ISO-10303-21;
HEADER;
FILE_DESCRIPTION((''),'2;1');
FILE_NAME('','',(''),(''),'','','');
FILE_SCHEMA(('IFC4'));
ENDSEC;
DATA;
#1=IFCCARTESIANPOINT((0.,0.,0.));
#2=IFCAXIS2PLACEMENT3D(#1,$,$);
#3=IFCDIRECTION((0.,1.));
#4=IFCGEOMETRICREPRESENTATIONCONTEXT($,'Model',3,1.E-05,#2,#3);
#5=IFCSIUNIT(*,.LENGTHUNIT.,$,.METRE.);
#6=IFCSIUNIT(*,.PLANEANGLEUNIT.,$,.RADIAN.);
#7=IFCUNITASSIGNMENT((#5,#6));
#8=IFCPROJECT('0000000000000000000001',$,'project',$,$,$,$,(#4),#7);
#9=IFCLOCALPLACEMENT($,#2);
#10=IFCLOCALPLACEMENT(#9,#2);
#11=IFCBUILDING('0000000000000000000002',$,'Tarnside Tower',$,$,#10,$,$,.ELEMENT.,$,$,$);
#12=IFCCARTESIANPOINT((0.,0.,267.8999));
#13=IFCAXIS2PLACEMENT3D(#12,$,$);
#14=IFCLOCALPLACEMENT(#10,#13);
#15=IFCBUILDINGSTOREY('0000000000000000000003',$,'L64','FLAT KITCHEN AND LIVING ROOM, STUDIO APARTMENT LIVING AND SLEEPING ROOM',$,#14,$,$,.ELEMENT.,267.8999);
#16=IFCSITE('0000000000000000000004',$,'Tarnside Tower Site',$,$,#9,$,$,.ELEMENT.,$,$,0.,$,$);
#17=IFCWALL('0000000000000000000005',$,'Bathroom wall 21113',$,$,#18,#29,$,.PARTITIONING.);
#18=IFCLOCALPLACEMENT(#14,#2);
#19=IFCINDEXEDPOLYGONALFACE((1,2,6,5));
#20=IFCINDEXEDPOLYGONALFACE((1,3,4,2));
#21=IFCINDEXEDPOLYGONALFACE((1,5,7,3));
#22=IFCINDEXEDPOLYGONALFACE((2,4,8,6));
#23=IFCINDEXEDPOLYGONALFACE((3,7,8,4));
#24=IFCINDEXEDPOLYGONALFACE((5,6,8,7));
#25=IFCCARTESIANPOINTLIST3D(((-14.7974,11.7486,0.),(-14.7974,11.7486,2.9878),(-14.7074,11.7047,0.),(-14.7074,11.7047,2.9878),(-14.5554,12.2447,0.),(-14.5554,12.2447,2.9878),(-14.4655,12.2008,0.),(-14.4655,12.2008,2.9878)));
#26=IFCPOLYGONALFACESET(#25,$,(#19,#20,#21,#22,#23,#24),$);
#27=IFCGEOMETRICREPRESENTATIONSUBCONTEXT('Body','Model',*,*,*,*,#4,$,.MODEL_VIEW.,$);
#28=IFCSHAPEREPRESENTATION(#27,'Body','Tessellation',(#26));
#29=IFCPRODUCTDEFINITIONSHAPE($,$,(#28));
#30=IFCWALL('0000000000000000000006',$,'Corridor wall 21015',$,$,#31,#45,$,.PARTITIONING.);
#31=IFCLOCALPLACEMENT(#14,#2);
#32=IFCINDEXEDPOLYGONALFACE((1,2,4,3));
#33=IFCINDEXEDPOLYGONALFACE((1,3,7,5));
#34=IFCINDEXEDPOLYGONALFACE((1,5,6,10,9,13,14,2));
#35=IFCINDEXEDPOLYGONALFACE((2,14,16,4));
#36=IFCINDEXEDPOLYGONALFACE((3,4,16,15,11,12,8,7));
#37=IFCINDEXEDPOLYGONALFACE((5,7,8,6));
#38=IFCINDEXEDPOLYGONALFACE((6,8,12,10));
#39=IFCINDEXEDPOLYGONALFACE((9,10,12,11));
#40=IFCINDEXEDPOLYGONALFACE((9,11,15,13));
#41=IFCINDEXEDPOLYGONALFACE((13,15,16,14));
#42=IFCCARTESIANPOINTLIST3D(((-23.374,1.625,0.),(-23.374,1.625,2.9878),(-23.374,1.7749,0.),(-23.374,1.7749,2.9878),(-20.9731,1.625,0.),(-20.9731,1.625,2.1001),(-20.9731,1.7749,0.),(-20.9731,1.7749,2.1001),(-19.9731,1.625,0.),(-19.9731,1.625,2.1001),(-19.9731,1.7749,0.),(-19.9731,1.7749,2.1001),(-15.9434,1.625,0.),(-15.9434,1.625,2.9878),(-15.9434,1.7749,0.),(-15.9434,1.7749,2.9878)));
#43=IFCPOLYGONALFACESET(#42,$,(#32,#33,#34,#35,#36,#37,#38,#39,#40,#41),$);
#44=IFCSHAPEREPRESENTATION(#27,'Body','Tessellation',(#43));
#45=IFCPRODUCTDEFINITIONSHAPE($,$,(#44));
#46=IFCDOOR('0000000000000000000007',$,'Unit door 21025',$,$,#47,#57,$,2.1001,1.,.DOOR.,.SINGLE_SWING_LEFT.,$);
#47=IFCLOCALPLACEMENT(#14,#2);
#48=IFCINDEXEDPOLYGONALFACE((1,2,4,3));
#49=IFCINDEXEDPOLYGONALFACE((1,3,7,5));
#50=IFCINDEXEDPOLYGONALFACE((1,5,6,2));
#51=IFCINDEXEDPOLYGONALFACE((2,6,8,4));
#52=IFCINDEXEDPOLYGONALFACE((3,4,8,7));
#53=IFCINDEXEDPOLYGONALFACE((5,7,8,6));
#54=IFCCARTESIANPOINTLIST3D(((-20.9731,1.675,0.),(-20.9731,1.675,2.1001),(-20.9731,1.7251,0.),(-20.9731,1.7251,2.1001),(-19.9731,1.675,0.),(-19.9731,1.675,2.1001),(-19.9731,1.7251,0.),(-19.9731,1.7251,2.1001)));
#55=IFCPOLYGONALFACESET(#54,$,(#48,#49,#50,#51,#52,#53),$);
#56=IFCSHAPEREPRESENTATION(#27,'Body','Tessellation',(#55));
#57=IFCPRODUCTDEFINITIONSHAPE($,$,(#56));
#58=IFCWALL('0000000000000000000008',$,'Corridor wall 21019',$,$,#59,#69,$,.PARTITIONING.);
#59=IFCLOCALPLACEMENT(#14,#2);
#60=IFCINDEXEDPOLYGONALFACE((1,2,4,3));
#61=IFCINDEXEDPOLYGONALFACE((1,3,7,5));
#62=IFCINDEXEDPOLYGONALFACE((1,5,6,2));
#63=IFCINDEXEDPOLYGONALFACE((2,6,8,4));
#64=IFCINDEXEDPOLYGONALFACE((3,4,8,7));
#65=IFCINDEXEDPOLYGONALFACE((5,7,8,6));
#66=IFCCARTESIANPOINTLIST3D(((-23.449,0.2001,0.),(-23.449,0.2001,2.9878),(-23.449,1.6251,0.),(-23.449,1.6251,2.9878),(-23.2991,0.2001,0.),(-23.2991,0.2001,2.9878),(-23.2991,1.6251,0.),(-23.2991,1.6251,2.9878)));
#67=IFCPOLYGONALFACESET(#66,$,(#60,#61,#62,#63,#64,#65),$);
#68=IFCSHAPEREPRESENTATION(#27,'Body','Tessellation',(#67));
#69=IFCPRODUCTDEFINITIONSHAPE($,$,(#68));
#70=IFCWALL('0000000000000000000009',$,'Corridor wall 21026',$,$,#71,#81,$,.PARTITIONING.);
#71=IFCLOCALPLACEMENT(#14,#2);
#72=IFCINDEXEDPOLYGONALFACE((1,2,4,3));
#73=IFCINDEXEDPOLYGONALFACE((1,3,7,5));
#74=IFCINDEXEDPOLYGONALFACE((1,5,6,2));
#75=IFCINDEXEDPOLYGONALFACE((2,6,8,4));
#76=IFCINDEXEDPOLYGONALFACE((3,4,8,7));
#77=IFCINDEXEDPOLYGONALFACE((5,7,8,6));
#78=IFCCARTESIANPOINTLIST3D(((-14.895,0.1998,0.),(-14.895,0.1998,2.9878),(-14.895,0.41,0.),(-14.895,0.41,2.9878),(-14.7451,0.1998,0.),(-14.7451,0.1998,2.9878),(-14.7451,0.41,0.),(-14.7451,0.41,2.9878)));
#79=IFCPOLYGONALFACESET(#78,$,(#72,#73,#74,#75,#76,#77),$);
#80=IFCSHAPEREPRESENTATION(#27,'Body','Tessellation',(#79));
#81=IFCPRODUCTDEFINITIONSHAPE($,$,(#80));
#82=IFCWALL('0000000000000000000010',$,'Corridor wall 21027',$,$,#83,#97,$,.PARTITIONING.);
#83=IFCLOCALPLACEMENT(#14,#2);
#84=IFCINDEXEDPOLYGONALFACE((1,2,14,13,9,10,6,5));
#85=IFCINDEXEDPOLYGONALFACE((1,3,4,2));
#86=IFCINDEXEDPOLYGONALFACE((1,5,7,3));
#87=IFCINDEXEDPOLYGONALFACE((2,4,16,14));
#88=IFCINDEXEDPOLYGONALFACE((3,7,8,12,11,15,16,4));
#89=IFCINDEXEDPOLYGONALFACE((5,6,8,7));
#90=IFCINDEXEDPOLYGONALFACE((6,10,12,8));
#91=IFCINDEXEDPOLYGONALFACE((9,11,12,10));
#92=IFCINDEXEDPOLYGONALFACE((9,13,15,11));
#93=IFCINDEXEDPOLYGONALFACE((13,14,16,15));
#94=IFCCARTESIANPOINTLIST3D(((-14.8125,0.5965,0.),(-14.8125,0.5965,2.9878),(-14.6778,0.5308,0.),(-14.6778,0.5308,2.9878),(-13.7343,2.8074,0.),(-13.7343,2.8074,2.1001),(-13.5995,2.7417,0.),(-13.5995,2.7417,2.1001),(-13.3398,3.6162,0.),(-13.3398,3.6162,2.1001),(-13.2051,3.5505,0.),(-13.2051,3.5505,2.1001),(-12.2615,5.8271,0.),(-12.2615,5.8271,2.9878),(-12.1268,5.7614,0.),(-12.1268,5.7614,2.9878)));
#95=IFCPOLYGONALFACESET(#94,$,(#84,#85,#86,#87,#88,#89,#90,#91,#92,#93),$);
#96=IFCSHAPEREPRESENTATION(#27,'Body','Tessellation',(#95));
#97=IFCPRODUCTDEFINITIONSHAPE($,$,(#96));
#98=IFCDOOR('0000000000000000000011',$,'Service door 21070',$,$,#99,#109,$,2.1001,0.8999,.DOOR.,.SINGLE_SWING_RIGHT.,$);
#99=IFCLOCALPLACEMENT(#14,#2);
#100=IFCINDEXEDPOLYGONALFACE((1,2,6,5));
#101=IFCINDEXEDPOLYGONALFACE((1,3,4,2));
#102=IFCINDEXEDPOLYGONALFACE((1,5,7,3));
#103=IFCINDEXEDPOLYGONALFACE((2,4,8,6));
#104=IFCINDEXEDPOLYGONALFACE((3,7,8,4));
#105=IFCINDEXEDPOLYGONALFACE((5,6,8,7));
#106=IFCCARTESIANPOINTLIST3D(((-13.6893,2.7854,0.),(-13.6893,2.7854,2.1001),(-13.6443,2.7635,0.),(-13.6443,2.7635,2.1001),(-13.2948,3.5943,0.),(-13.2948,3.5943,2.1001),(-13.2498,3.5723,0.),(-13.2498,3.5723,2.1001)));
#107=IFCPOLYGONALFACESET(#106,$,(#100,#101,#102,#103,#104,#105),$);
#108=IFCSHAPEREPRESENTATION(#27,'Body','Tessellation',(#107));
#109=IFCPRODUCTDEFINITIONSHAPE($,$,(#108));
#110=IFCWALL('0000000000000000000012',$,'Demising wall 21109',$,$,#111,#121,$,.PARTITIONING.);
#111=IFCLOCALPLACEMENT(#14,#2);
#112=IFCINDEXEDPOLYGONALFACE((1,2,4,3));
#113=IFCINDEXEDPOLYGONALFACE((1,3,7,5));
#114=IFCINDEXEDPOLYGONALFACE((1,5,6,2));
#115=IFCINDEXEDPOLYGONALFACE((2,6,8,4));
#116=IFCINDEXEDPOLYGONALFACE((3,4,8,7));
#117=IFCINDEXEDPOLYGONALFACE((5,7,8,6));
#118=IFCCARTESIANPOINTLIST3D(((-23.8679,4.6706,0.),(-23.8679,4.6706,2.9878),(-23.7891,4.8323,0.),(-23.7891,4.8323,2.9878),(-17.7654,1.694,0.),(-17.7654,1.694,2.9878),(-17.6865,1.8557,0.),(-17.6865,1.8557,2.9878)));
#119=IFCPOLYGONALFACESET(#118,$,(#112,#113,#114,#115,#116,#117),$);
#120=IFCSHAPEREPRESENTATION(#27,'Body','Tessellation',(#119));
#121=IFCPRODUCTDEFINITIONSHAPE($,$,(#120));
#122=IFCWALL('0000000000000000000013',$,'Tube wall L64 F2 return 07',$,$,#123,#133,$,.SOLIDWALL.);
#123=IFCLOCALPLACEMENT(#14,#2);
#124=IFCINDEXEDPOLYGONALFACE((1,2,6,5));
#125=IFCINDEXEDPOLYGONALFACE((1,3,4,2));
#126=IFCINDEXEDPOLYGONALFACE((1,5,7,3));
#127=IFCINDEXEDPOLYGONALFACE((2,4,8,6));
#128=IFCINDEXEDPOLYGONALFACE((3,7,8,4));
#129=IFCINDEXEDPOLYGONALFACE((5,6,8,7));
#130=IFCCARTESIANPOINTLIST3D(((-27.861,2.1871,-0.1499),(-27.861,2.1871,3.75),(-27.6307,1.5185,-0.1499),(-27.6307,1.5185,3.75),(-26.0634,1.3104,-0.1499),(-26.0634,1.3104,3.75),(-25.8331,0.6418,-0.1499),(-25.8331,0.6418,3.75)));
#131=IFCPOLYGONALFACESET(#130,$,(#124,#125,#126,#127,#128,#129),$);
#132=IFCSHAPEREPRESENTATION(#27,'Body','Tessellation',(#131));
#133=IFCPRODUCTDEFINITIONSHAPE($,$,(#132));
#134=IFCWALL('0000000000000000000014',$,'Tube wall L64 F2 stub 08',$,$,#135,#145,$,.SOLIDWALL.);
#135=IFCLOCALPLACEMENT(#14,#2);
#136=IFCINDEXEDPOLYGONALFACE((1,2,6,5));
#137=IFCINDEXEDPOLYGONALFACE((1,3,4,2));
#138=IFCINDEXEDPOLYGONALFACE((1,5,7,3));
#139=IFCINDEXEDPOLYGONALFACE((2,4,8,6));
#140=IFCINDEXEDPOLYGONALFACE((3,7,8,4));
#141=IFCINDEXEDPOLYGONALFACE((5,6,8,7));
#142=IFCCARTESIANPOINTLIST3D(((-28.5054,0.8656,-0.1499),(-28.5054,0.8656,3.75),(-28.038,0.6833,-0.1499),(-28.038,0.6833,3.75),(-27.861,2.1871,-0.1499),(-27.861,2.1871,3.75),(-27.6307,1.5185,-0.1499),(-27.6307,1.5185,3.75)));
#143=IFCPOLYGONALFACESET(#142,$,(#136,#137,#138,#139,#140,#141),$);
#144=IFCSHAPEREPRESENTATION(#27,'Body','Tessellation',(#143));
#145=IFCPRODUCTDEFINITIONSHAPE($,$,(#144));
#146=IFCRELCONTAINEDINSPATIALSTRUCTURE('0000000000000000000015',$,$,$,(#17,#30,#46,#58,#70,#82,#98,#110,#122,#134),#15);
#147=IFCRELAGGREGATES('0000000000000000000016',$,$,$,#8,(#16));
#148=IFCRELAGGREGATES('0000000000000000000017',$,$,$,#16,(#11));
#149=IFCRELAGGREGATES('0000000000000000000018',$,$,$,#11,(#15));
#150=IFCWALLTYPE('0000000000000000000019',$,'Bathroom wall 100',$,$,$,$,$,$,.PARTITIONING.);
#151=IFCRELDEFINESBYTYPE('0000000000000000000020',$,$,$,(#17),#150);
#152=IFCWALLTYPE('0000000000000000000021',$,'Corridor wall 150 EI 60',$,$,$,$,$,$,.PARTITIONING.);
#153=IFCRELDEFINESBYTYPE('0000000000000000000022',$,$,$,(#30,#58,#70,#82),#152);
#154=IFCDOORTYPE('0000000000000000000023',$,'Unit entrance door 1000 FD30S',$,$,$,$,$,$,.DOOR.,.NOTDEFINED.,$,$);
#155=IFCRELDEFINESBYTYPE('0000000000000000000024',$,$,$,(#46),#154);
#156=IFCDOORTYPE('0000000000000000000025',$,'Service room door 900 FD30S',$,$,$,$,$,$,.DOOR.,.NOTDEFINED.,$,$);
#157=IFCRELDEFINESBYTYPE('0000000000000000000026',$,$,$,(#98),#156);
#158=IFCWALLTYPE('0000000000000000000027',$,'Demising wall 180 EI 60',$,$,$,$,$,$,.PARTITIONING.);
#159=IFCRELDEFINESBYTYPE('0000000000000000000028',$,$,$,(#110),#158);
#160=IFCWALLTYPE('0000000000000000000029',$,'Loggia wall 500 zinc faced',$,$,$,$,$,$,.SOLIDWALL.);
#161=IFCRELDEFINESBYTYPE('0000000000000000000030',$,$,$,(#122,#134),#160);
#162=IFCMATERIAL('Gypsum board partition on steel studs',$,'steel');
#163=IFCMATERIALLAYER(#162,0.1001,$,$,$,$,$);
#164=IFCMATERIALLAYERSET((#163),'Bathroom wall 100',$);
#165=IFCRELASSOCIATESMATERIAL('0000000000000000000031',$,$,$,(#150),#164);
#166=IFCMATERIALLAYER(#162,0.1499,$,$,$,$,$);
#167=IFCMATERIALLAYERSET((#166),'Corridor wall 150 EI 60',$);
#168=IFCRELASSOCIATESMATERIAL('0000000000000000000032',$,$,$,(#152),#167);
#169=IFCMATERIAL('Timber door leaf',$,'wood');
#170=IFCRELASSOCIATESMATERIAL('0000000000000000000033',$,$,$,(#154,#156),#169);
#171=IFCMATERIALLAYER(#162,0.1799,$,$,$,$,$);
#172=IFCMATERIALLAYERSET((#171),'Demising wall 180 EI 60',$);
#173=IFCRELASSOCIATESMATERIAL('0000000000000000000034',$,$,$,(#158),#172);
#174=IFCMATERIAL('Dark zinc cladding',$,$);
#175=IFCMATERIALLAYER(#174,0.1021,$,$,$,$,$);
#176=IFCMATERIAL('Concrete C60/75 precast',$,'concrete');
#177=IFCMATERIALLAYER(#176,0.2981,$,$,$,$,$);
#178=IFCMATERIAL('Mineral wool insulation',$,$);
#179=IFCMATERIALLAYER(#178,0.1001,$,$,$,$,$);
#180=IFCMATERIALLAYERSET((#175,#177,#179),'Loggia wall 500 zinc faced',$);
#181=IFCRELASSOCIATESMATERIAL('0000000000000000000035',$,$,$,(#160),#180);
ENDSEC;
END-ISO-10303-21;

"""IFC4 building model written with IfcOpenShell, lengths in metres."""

from ifc_helpers import new_model, si_unit, direction, frame, frame_2d, origin, place, context, subcontext, project, spatial, polyline, rectangle, outline, extrude, material, layer, layer_set, type_object, element, fill, save


model = new_model("IFC4")

# Units and contexts
model_context = context("Model", 3, precision=1e-05, world=origin(), true_north=direction((0.0, 1.0)))
body_context = subcontext(model_context, "Body", "Model", "MODEL_VIEW")
ifc_project = project(units=[si_unit("LENGTHUNIT", "METRE"), si_unit("PLANEANGLEUNIT", "RADIAN")], contexts=[model_context])

# Site, building, storey
site_placement = place(None, origin())
site = spatial("IfcSite", under=ifc_project, at=site_placement, Name="Tarnside Tower Site", CompositionType="ELEMENT", RefElevation=0.0)
building_placement = place(site_placement, origin())
building = spatial("IfcBuilding", under=site, at=building_placement, Name="Tarnside Tower", CompositionType="ELEMENT")
storey_placement = place(building_placement, frame((0.0, 0.0, 267.8999)))
storey = spatial("IfcBuildingStorey", under=building, at=storey_placement, Name="L64", Description="FLAT KITCHEN AND LIVING ROOM, STUDIO APARTMENT LIVING AND SLEEPING ROOM", CompositionType="ELEMENT", Elevation=267.8999)

# Wall
ifc_material_1 = material(Name="Gypsum board partition on steel studs", Category="steel")
ifc_layer_1 = layer(ifc_material_1, 0.1001)
ifc_layer_set_1 = layer_set([ifc_layer_1], Name="Bathroom wall 100")
wall_type_1 = type_object("IfcWallType", Name="Bathroom wall 100", PredefinedType="PARTITIONING", material=ifc_layer_set_1)
wall_1_placement = place(storey_placement, frame((-14.5105, 12.2227, 0.0), z_axis=(0.0, 0.0, 1.0), x_axis=(-0.438345, -0.898807, 0.0)))
element("IfcWall", 1, at=wall_1_placement, inside=storey, type_object=wall_type_1, Name="Bathroom wall 21113", PredefinedType="PARTITIONING", context=body_context, shape_type="SweptSolid", body=[
    extrude(rectangle(XDim=0.552, YDim=0.1001, at=frame_2d((0.2759, 0.0))), origin(), (0.0, 0.0, 1.0), 2.9878),
])

# Wall, opening, door
ifc_layer_2 = layer(ifc_material_1, 0.1499)
ifc_layer_set_2 = layer_set([ifc_layer_2], Name="Corridor wall 150 EI 60")
wall_type_2 = type_object("IfcWallType", Name="Corridor wall 150 EI 60", PredefinedType="PARTITIONING", material=ifc_layer_set_2)
wall_2_placement = place(storey_placement, frame((-15.9434, 1.7, 0.0), z_axis=(0.0, 0.0, 1.0), x_axis=(-1.0, 0.0, 0.0)))
wall_2 = element("IfcWall", 2, at=wall_2_placement, inside=storey, type_object=wall_type_2, Name="Corridor wall 21015", PredefinedType="PARTITIONING", context=body_context, shape_type="SweptSolid", body=[
    extrude(rectangle(XDim=7.4307, YDim=0.1499, at=frame_2d((3.7153, 0.0))), origin(), (0.0, 0.0, 1.0), 2.9878),
])
opening_1_placement = place(wall_2_placement, frame((4.0298, 0.0, 0.0)))
opening_1 = element("IfcOpeningElement", 3, at=opening_1_placement, cuts=wall_2, PredefinedType="OPENING", context=body_context, shape_type="SweptSolid", body=[
    extrude(rectangle(XDim=1.0, YDim=2.1001, at=frame_2d((0.5, 1.05))), frame((0.0, 0.085, 0.0), z_axis=(0.0, -1.0, 0.0), x_axis=(1.0, 0.0, 0.0)), (0.0, 0.0, 1.0), 0.1699),
])
ifc_material_2 = material(Name="Timber door leaf", Category="wood")
door_type_1 = type_object("IfcDoorType", Name="Unit entrance door 1000 FD30S", OperationType="NOTDEFINED", PredefinedType="DOOR", material=ifc_material_2)
door_1_placement = place(opening_1_placement, origin())
door_1 = element("IfcDoor", 4, at=door_1_placement, inside=storey, type_object=door_type_1, Name="Unit door 21025", OperationType="SINGLE_SWING_LEFT", OverallHeight=2.1001, OverallWidth=1.0, PredefinedType="DOOR", context=body_context, shape_type="SweptSolid", body=[
    extrude(rectangle(XDim=1.0, YDim=2.1001, at=frame_2d((0.5, 1.05))), frame((0.0, 0.0249, 0.0), z_axis=(0.0, -1.0, 0.0), x_axis=(1.0, 0.0, 0.0)), (0.0, 0.0, 1.0), 0.05),
])
fill(opening_1, door_1)

# Walls
wall_3_placement = place(storey_placement, frame((-23.374, 1.625, 0.0), z_axis=(0.0, 0.0, 1.0), x_axis=(0.0, -1.0, 0.0)))
element("IfcWall", 5, at=wall_3_placement, inside=storey, type_object=wall_type_2, Name="Corridor wall 21019", PredefinedType="PARTITIONING", context=body_context, shape_type="SweptSolid", body=[
    extrude(rectangle(XDim=1.425, YDim=0.1499, at=frame_2d((0.7124, 0.0))), origin(), (0.0, 0.0, 1.0), 2.9878),
])
wall_4_placement = place(storey_placement, frame((-14.8201, 0.2, 0.0), z_axis=(0.0, 0.0, 1.0), x_axis=(0.0, 1.0, 0.0)))
element("IfcWall", 6, at=wall_4_placement, inside=storey, type_object=wall_type_2, Name="Corridor wall 21026", PredefinedType="PARTITIONING", context=body_context, shape_type="SweptSolid", body=[
    extrude(rectangle(XDim=0.2102, YDim=0.1499, at=frame_2d((0.105, 0.0))), origin(), (0.0, 0.0, 1.0), 2.9878),
])

# Wall, opening, door
wall_5_placement = place(storey_placement, frame((-14.7451, 0.5637, 0.0), z_axis=(0.0, 0.0, 1.0), x_axis=(0.438348, 0.898805, 0.0)))
wall_5 = element("IfcWall", 7, at=wall_5_placement, inside=storey, type_object=wall_type_2, Name="Corridor wall 21027", PredefinedType="PARTITIONING", context=body_context, shape_type="SweptSolid", body=[
    extrude(rectangle(XDim=5.8196, YDim=0.1499, at=frame_2d((2.9097, 0.0))), origin(), (0.0, 0.0, 1.0), 2.9878),
])
opening_2_placement = place(wall_5_placement, frame((2.4597, 0.0, 0.0)))
opening_2 = element("IfcOpeningElement", 8, at=opening_2_placement, cuts=wall_5, PredefinedType="OPENING", context=body_context, shape_type="SweptSolid", body=[
    extrude(rectangle(XDim=0.8999, YDim=2.1001, at=frame_2d((0.45, 1.05))), frame((0.0, 0.085, 0.0), z_axis=(0.0, -1.0, 0.0), x_axis=(1.0, 0.0, 0.0)), (0.0, 0.0, 1.0), 0.1699),
])
door_type_2 = type_object("IfcDoorType", Name="Service room door 900 FD30S", OperationType="NOTDEFINED", PredefinedType="DOOR", material=ifc_material_2)
door_2_placement = place(opening_2_placement, origin())
door_2 = element("IfcDoor", 9, at=door_2_placement, inside=storey, type_object=door_type_2, Name="Service door 21070", OperationType="SINGLE_SWING_RIGHT", OverallHeight=2.1001, OverallWidth=0.8999, PredefinedType="DOOR", context=body_context, shape_type="SweptSolid", body=[
    extrude(rectangle(XDim=0.8999, YDim=2.1001, at=frame_2d((0.45, 1.05))), frame((0.0, 0.0249, 0.0), z_axis=(0.0, -1.0, 0.0), x_axis=(1.0, 0.0, 0.0)), (0.0, 0.0, 1.0), 0.05),
])
fill(opening_2, door_2)

# Walls
ifc_layer_3 = layer(ifc_material_1, 0.1799)
ifc_layer_set_3 = layer_set([ifc_layer_3], Name="Demising wall 180 EI 60")
wall_type_3 = type_object("IfcWallType", Name="Demising wall 180 EI 60", PredefinedType="PARTITIONING", material=ifc_layer_set_3)
wall_6_placement = place(storey_placement, frame((-23.8286, 4.7515, 0.0), z_axis=(0.0, 0.0, 1.0), x_axis=(0.898785, -0.43839, 0.0)))
element("IfcWall", 10, at=wall_6_placement, inside=storey, type_object=wall_type_3, Name="Demising wall 21109", PredefinedType="PARTITIONING", context=body_context, shape_type="SweptSolid", body=[
    extrude(rectangle(XDim=6.7898, YDim=0.1799, at=frame_2d((3.395, 0.0))), origin(), (0.0, 0.0, 1.0), 2.9878),
])
ifc_material_3 = material(Name="Dark zinc cladding")
ifc_layer_4 = layer(ifc_material_3, 0.1021)
ifc_material_4 = material(Name="Concrete C60/75 precast", Category="concrete")
ifc_layer_5 = layer(ifc_material_4, 0.2981)
ifc_material_5 = material(Name="Mineral wool insulation")
ifc_layer_6 = layer(ifc_material_5, 0.1001)
ifc_layer_set_4 = layer_set([ifc_layer_4, ifc_layer_5, ifc_layer_6], Name="Loggia wall 500 zinc faced")
wall_type_4 = type_object("IfcWallType", Name="Loggia wall 500 zinc faced", PredefinedType="SOLIDWALL", material=ifc_layer_set_4)
wall_7_placement = place(storey_placement, frame((-25.9482, 0.9761, -0.1499), z_axis=(0.0, 0.0, 1.0), x_axis=(-0.898802, 0.438354, 0.0)))
element("IfcWall", 11, at=wall_7_placement, inside=storey, type_object=wall_type_4, Name="Tube wall L64 F2 return 07", PredefinedType="SOLIDWALL", context=body_context, shape_type="SweptSolid", body=[
    extrude(outline(polyline([(0.25, -0.25), (2.25, -0.25), (1.75, 0.25), (-0.25, 0.25), (0.25, -0.25)])), origin(), (0.0, 0.0, 1.0), 3.8999),
])
wall_8_placement = place(storey_placement, frame((-27.7458, 1.8528, -0.1499), z_axis=(0.0, 0.0, 1.0), x_axis=(-0.438319, -0.898819, 0.0)))
element("IfcWall", 12, at=wall_8_placement, inside=storey, type_object=wall_type_4, Name="Tube wall L64 F2 stub 08", PredefinedType="SOLIDWALL", context=body_context, shape_type="SweptSolid", body=[
    extrude(outline(polyline([(-0.25, -0.25), (1.2202, -0.25), (1.1792, 0.25), (0.25, 0.25), (-0.25, -0.25)])), origin(), (0.0, 0.0, 1.0), 3.8999),
])

save(model, "model.ifc")
